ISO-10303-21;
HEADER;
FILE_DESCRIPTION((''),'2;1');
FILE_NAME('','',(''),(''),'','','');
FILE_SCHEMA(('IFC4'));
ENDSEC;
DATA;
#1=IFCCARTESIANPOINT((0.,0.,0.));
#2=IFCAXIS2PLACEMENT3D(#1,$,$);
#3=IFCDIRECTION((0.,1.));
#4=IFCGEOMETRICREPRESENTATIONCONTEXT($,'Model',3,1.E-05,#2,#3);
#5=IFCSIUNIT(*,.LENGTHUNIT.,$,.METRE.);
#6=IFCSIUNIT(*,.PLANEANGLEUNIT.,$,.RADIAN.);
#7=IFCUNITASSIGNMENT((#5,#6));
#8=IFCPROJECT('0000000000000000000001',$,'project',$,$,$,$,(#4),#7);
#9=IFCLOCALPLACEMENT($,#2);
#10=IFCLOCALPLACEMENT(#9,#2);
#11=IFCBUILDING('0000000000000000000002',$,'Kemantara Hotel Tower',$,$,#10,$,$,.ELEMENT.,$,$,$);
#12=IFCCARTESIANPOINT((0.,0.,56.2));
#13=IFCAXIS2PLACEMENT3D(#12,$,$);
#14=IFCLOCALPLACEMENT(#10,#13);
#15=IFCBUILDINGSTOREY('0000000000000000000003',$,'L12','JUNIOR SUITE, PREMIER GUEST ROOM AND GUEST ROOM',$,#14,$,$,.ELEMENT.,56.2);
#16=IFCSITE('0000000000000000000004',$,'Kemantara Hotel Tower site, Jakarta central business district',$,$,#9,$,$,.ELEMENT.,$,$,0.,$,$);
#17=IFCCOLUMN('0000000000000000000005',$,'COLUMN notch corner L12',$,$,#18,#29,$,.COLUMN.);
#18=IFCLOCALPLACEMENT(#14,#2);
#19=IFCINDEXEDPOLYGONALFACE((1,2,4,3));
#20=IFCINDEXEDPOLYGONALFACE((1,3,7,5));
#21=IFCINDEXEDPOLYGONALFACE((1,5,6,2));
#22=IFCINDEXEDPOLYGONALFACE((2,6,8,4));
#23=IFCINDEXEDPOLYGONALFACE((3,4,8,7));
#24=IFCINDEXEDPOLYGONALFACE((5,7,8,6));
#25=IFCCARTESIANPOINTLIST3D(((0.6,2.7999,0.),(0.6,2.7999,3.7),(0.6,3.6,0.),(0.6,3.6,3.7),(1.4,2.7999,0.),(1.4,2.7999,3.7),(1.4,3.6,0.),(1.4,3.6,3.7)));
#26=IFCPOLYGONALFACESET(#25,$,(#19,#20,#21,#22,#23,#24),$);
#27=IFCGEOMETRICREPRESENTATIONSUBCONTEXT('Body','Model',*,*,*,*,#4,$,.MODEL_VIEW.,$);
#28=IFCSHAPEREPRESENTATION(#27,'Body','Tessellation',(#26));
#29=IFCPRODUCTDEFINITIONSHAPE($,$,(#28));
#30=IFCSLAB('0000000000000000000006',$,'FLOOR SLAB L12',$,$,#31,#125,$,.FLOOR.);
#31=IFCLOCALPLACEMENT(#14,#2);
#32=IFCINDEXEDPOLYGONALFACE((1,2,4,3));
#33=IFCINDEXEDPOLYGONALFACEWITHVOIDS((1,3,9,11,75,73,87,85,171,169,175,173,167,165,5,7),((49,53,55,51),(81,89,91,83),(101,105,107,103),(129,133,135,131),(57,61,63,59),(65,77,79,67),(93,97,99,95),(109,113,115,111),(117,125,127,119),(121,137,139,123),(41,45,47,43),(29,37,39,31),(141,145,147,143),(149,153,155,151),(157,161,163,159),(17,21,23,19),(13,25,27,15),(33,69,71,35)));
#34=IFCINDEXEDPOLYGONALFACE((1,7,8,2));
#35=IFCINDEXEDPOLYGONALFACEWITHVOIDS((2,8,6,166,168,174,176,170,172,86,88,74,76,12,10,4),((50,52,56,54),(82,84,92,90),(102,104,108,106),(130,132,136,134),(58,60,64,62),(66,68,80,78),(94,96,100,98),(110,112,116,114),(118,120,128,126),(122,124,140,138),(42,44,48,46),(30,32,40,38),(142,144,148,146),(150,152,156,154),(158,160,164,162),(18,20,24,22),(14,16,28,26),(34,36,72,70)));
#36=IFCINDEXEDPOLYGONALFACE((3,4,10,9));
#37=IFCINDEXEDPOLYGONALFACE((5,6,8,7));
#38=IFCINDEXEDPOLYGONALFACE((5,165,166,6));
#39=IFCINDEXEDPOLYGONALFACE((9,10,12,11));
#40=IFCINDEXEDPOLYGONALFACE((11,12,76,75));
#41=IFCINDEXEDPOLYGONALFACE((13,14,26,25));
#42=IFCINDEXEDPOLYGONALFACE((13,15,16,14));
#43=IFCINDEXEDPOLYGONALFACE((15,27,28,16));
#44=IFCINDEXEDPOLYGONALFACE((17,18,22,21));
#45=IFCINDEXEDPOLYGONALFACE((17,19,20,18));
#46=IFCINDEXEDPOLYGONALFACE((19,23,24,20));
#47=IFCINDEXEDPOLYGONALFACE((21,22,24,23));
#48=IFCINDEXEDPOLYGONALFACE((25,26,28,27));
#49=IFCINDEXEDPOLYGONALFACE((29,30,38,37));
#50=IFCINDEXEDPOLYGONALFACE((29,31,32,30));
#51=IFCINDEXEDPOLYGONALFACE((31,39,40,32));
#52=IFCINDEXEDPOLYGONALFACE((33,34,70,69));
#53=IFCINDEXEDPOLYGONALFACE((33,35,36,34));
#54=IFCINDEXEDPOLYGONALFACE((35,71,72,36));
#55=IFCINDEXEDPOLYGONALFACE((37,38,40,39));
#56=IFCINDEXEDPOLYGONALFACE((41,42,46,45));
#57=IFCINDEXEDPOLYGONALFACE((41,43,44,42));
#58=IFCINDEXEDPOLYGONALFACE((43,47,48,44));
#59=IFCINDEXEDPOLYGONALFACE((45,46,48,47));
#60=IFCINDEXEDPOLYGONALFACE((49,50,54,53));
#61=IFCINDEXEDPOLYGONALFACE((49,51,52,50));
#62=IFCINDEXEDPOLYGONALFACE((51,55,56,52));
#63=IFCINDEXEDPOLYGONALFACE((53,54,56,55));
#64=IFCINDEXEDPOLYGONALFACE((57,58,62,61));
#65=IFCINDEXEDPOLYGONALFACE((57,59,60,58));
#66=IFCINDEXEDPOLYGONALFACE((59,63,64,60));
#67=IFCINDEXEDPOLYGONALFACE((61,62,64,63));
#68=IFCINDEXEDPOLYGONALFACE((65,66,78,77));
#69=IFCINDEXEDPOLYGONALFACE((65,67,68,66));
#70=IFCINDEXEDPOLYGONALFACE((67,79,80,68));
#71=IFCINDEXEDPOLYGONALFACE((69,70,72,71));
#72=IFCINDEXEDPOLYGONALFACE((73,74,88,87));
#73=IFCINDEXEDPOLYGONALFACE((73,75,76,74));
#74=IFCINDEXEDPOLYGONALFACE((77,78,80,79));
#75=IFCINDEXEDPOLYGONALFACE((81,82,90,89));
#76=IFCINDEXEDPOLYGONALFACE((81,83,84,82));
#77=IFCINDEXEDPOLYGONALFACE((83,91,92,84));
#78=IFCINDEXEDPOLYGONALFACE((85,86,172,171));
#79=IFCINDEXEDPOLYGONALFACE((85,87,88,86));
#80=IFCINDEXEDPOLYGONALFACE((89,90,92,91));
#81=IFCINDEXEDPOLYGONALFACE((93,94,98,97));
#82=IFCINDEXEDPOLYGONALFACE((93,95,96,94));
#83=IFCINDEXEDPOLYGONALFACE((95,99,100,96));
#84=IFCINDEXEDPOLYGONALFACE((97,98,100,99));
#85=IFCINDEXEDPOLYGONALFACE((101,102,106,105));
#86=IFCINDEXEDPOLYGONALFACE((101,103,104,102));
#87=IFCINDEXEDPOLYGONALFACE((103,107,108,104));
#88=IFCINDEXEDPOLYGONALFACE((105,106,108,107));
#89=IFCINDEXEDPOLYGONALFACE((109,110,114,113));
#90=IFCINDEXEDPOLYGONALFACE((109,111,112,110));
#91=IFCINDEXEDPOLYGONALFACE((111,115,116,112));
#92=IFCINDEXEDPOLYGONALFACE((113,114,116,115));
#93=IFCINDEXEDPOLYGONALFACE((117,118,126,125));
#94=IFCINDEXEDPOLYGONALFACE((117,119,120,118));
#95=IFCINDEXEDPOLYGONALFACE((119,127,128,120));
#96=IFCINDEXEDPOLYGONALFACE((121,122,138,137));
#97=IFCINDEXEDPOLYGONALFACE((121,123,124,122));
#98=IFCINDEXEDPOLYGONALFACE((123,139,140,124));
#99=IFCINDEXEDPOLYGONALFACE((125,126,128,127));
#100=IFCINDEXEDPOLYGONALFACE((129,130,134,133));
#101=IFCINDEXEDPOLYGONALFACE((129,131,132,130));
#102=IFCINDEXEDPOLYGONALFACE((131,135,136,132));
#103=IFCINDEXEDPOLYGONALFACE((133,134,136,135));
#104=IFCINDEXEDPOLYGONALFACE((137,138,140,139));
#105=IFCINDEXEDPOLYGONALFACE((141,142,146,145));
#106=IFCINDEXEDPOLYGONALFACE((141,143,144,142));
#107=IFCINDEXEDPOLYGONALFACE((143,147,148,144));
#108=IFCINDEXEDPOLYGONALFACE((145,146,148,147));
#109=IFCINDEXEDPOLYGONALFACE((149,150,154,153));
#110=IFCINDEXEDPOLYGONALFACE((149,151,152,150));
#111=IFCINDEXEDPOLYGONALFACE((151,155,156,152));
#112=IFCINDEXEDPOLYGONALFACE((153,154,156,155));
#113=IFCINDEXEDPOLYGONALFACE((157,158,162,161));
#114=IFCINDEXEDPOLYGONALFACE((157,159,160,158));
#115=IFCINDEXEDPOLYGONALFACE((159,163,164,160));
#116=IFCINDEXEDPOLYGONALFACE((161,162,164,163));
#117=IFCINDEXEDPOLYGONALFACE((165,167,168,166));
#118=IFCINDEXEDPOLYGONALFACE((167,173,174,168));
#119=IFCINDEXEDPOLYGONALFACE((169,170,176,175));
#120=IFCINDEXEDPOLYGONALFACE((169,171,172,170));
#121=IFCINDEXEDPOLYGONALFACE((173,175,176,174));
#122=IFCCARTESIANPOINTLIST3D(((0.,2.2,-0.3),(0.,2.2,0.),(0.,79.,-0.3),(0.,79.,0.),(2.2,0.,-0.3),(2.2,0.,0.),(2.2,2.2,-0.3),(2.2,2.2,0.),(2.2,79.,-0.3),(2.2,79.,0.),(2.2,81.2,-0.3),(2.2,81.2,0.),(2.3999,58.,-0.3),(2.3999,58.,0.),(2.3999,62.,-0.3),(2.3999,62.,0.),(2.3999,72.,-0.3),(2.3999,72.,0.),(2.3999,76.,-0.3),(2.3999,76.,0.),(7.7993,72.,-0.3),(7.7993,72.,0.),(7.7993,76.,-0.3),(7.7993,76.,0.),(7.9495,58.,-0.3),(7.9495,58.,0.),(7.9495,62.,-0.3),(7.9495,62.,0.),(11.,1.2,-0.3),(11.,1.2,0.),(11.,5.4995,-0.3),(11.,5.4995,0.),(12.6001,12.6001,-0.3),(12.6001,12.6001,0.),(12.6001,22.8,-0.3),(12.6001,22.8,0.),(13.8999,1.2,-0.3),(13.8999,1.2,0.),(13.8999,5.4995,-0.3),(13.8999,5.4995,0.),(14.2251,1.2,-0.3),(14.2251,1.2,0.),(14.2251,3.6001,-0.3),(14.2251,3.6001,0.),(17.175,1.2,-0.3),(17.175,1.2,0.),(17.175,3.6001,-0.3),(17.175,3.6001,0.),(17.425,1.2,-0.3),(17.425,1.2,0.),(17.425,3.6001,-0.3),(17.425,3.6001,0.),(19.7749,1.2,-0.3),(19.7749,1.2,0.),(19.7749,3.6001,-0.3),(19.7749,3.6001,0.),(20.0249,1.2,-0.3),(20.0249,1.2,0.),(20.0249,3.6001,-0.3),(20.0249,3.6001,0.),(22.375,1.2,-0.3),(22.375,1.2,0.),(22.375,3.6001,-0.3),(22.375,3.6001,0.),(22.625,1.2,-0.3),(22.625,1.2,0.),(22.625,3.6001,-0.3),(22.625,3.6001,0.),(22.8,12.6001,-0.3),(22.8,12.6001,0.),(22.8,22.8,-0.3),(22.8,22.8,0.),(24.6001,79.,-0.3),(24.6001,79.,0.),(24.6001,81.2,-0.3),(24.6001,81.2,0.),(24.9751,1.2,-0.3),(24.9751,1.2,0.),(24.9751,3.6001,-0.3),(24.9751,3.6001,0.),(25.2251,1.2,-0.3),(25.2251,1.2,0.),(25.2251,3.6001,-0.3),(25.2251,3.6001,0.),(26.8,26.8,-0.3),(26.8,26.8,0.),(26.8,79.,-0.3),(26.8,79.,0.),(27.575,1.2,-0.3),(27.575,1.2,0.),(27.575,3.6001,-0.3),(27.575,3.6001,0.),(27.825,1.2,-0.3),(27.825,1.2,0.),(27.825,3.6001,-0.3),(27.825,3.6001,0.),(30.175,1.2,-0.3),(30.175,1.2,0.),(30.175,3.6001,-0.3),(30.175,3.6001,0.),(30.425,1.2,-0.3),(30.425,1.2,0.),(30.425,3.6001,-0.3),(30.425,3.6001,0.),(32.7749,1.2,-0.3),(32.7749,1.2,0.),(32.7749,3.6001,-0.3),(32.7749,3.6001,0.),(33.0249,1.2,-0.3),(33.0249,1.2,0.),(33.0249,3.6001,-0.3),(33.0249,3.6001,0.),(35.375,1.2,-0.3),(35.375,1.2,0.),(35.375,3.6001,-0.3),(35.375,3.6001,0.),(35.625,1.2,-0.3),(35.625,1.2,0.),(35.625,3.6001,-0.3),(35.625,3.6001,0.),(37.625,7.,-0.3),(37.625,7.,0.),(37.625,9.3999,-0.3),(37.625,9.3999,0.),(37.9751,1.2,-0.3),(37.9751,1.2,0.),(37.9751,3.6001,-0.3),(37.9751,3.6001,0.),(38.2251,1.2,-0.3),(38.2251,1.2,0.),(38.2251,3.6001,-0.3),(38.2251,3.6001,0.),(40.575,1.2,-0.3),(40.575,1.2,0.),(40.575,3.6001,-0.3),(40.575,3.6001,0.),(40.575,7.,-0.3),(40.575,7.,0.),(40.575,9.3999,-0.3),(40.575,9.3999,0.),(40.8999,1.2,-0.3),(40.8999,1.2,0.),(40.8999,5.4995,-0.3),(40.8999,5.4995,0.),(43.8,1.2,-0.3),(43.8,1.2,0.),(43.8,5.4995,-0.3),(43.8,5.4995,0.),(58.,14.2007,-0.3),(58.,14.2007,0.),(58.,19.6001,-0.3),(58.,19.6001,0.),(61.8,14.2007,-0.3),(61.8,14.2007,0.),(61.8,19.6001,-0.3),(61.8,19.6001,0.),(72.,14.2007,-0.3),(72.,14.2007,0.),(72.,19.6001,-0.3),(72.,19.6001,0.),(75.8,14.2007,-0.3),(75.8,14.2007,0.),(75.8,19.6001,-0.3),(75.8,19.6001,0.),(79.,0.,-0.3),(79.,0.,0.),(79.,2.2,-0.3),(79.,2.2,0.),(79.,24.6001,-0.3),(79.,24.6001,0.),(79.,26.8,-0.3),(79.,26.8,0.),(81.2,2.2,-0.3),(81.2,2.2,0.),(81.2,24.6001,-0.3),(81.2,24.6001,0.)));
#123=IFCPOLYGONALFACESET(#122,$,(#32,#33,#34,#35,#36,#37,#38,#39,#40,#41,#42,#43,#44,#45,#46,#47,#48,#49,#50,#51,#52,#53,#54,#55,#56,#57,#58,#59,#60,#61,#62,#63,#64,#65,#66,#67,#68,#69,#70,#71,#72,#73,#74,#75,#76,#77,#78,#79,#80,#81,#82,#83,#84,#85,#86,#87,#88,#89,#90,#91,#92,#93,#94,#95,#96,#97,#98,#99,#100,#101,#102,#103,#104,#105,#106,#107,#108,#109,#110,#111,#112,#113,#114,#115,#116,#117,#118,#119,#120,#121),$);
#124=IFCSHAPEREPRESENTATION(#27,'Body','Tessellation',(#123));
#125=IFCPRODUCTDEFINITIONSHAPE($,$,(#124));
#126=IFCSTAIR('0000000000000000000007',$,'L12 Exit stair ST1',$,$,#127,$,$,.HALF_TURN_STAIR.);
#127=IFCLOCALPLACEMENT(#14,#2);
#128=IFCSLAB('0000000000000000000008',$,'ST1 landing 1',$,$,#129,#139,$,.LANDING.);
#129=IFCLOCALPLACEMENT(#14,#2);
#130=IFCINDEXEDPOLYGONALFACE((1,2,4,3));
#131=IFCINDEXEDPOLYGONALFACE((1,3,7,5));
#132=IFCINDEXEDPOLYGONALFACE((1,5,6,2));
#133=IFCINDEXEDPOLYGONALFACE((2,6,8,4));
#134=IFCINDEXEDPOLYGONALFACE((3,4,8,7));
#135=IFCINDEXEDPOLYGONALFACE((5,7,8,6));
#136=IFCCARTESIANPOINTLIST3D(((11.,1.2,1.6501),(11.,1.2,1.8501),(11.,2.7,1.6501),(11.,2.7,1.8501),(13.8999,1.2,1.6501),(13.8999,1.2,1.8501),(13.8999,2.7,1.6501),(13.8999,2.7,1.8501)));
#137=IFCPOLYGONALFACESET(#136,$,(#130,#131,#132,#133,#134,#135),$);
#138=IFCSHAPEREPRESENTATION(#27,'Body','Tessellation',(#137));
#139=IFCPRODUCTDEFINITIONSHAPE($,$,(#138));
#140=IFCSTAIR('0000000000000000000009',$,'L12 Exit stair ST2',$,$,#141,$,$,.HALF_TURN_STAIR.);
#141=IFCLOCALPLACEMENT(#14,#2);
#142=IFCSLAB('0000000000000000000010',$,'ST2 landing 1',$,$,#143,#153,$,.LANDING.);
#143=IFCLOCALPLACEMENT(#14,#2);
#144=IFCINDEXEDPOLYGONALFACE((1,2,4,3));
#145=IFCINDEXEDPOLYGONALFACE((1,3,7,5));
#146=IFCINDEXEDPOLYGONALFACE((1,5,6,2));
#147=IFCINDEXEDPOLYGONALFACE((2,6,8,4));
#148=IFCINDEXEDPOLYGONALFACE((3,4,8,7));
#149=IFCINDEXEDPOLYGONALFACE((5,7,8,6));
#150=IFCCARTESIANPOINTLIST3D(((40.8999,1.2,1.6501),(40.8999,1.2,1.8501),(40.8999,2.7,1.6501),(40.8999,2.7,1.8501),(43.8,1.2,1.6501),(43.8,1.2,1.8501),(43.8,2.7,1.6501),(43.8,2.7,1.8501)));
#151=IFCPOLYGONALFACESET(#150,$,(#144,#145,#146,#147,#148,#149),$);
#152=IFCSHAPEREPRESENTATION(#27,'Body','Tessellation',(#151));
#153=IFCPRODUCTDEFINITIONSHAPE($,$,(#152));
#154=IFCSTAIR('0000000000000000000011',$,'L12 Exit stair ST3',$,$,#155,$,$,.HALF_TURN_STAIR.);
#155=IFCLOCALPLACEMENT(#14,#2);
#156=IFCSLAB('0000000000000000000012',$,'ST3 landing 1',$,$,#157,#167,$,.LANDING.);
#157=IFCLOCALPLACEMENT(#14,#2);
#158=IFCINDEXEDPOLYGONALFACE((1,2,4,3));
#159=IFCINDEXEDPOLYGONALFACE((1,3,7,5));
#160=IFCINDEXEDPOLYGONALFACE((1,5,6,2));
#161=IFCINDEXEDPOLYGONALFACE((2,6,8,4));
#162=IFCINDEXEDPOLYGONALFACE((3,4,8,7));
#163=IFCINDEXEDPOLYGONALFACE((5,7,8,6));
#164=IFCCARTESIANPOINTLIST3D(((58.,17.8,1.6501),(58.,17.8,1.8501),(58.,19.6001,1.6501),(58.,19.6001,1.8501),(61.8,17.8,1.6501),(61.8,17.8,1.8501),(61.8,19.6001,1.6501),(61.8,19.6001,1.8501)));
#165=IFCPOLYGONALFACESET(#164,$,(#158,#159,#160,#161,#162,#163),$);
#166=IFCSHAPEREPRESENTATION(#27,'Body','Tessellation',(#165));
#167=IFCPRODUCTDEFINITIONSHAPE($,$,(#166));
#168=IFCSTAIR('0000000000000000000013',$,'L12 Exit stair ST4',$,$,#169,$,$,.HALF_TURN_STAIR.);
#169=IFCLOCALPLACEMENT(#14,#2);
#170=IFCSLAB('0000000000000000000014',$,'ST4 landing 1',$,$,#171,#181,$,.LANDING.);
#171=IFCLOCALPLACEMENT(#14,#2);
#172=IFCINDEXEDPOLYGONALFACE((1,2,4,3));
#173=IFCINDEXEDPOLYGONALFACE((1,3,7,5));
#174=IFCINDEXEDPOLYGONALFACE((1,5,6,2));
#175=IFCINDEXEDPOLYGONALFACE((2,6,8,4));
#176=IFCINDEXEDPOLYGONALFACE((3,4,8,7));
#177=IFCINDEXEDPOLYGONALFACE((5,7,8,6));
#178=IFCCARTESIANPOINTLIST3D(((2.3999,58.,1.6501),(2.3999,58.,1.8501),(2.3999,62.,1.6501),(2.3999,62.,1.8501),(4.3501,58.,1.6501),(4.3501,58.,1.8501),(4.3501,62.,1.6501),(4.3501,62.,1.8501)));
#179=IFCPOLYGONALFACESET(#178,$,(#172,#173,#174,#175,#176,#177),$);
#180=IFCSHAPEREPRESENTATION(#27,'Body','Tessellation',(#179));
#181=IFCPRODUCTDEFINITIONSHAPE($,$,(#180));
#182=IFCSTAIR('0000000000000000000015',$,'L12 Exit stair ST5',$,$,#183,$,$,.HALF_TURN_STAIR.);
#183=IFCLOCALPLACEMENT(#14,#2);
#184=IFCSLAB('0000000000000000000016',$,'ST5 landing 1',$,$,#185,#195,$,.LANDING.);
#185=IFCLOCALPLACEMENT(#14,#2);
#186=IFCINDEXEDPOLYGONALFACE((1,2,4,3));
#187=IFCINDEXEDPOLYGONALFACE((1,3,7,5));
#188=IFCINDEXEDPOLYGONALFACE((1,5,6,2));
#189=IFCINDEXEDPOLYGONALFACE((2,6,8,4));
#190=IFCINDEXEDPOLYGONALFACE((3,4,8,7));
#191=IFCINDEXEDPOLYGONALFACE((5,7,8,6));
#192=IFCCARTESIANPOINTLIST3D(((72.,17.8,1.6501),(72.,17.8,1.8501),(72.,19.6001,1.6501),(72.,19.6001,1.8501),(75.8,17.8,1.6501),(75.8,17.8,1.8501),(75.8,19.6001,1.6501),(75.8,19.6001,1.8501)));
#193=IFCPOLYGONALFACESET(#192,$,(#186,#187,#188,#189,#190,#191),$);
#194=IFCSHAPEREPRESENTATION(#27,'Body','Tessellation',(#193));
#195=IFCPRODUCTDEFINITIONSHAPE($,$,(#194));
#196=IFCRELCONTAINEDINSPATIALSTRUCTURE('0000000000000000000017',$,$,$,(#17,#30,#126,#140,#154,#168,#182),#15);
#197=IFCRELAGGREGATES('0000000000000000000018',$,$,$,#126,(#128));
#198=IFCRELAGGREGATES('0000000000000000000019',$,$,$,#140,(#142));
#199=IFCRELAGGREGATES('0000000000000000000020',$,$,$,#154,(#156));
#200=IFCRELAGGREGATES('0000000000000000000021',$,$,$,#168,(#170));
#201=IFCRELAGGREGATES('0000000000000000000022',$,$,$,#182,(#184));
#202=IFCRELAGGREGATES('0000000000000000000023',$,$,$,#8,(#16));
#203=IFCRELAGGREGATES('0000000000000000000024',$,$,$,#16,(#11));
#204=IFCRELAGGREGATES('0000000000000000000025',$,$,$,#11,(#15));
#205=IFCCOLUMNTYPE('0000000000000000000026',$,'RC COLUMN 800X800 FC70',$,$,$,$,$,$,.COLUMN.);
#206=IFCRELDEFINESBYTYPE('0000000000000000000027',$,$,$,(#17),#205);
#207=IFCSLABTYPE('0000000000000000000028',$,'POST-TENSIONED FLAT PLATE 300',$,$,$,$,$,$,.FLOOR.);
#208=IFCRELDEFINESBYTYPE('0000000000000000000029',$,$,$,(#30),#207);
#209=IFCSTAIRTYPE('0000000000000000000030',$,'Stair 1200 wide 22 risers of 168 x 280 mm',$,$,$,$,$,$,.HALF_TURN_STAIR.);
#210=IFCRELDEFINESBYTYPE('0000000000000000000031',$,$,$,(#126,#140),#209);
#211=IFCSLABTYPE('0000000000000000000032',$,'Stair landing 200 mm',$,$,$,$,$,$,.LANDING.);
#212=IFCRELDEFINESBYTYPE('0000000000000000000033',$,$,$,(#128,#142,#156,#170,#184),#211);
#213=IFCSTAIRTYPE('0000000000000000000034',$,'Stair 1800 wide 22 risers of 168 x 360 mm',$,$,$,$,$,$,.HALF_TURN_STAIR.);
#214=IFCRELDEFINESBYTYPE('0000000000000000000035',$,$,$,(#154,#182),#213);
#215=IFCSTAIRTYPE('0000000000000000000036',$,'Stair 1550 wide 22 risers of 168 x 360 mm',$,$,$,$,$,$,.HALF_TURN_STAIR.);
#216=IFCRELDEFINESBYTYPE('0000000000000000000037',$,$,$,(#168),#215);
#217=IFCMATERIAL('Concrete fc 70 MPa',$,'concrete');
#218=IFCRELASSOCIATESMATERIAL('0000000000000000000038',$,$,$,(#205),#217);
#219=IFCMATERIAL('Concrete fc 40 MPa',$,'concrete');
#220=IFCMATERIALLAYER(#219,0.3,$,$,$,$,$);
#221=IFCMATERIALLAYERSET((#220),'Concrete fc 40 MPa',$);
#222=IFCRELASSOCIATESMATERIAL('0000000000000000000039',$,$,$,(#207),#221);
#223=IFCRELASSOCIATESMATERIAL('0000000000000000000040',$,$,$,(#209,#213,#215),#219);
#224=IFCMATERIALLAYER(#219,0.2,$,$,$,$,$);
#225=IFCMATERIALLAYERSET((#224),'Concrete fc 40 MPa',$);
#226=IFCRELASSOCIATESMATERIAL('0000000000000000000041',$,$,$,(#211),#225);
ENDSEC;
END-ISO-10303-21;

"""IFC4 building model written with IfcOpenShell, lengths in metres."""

from ifc_helpers import new_model, si_unit, direction, frame, origin, origin_2d, place, context, subcontext, project, spatial, polyline, rectangle, outline, extrude, material, layer, layer_set, material_profile, profile_set, type_object, element, aggregate, save


model = new_model("IFC4")

# Units and contexts
model_context = context("Model", 3, precision=1e-05, world=origin(), true_north=direction((0.0, 1.0)))
body_context = subcontext(model_context, "Body", "Model", "MODEL_VIEW")
ifc_project = project(units=[si_unit("LENGTHUNIT", "METRE"), si_unit("PLANEANGLEUNIT", "RADIAN")], contexts=[model_context])

# Site, building, storey
site_placement = place(None, origin())
site = spatial("IfcSite", under=ifc_project, at=site_placement, Name="Kemantara Hotel Tower site, Jakarta central business district", CompositionType="ELEMENT", RefElevation=0.0)
building_placement = place(site_placement, origin())
building = spatial("IfcBuilding", under=site, at=building_placement, Name="Kemantara Hotel Tower", CompositionType="ELEMENT")
storey_placement = place(building_placement, frame((0.0, 0.0, 56.2)))
storey = spatial("IfcBuildingStorey", under=building, at=storey_placement, Name="L12", Description="JUNIOR SUITE, PREMIER GUEST ROOM AND GUEST ROOM", CompositionType="ELEMENT", Elevation=56.2)

# Column
ifc_material_1 = material(Name="Concrete fc 70 MPa", Category="concrete")
ifc_material_profile = material_profile(ifc_material_1, rectangle(XDim=0.8, YDim=0.8, at=origin_2d()), Name="RC 800X800")
ifc_profile_set = profile_set([ifc_material_profile], Name="Concrete fc 70 MPa")
column_type = type_object("IfcColumnType", Name="RC COLUMN 800X800 FC70", PredefinedType="COLUMN", material=ifc_profile_set)
column_placement = place(storey_placement, frame((1.0, 3.2, 0.0), z_axis=(0.0, 0.0, 1.0), x_axis=(1.0, 0.0, 0.0)))
element("IfcColumn", 1, at=column_placement, inside=storey, type_object=column_type, Name="COLUMN notch corner L12", PredefinedType="COLUMN", context=body_context, shape_type="SweptSolid", body=[
    extrude(rectangle(XDim=0.8, YDim=0.8, at=origin_2d()), origin(), (0.0, 0.0, 1.0), 3.7),
])

# Slab
ifc_material_2 = material(Name="Concrete fc 40 MPa", Category="concrete")
ifc_layer_1 = layer(ifc_material_2, 0.3)
ifc_layer_set_1 = layer_set([ifc_layer_1], Name="Concrete fc 40 MPa")
slab_type_1 = type_object("IfcSlabType", Name="POST-TENSIONED FLAT PLATE 300", PredefinedType="FLOOR", material=ifc_layer_set_1)
slab_1_placement = place(storey_placement, frame((0.0, 0.0, -0.3)))
element("IfcSlab", 2, at=slab_1_placement, inside=storey, type_object=slab_type_1, Name="FLOOR SLAB L12", PredefinedType="FLOOR", context=body_context, shape_type="SweptSolid", body=[
    extrude(outline(polyline([(0.0, 2.2), (2.2, 2.2), (2.2, 0.0), (79.0, 0.0), (79.0, 2.2), (81.2, 2.2), (81.2, 24.6001), (79.0, 24.6001), (79.0, 26.8), (26.8, 26.8), (26.8, 79.0), (24.6001, 79.0), (24.6001, 81.2), (2.2, 81.2), (2.2, 79.0), (0.0, 79.0), (0.0, 2.2)]), holes=[polyline([(17.175, 1.2), (14.2251, 1.2), (14.2251, 3.6001), (17.175, 3.6001), (17.175, 1.2)]), polyline([(19.7749, 1.2), (17.425, 1.2), (17.425, 3.6001), (19.7749, 3.6001), (19.7749, 1.2)]), polyline([(22.375, 1.2), (20.0249, 1.2), (20.0249, 3.6001), (22.375, 3.6001), (22.375, 1.2)]), polyline([(24.9751, 1.2), (22.625, 1.2), (22.625, 3.6001), (24.9751, 3.6001), (24.9751, 1.2)]), polyline([(27.575, 1.2), (25.2251, 1.2), (25.2251, 3.6001), (27.575, 3.6001), (27.575, 1.2)]), polyline([(11.0, 1.2), (11.0, 5.4995), (13.8999, 5.4995), (13.8999, 1.2), (11.0, 1.2)]), polyline([(22.8, 12.6001), (12.6001, 12.6001), (12.6001, 22.8), (22.8, 22.8), (22.8, 12.6001)]), polyline([(7.9495, 62.0), (7.9495, 58.0), (2.3999, 58.0), (2.3999, 62.0), (7.9495, 62.0)]), polyline([(7.7993, 76.0), (7.7993, 72.0), (2.3999, 72.0), (2.3999, 76.0), (7.7993, 76.0)]), polyline([(30.175, 1.2), (27.825, 1.2), (27.825, 3.6001), (30.175, 3.6001), (30.175, 1.2)]), polyline([(32.7749, 1.2), (30.425, 1.2), (30.425, 3.6001), (32.7749, 3.6001), (32.7749, 1.2)]), polyline([(35.375, 1.2), (33.0249, 1.2), (33.0249, 3.6001), (35.375, 3.6001), (35.375, 1.2)]), polyline([(37.9751, 1.2), (35.625, 1.2), (35.625, 3.6001), (37.9751, 3.6001), (37.9751, 1.2)]), polyline([(40.575, 1.2), (38.2251, 1.2), (38.2251, 3.6001), (40.575, 3.6001), (40.575, 1.2)]), polyline([(40.8999, 1.2), (40.8999, 5.4995), (43.8, 5.4995), (43.8, 1.2), (40.8999, 1.2)]), polyline([(40.575, 7.0), (37.625, 7.0), (37.625, 9.3999), (40.575, 9.3999), (40.575, 7.0)]), polyline([(61.8, 14.2007), (58.0, 14.2007), (58.0, 19.6001), (61.8, 19.6001), (61.8, 14.2007)]), polyline([(75.8, 14.2007), (72.0, 14.2007), (72.0, 19.6001), (75.8, 19.6001), (75.8, 14.2007)])]), origin(), (0.0, 0.0, 1.0), 0.3),
])

# Stairs, slabs
stair_type_1 = type_object("IfcStairType", Name="Stair 1200 wide 22 risers of 168 x 280 mm", PredefinedType="HALF_TURN_STAIR", material=ifc_material_2)
stair_1_placement = place(storey_placement, origin())
stair_1 = element("IfcStair", 3, at=stair_1_placement, inside=storey, type_object=stair_type_1, Name="L12 Exit stair ST1", PredefinedType="HALF_TURN_STAIR")
ifc_layer_2 = layer(ifc_material_2, 0.2)
ifc_layer_set_2 = layer_set([ifc_layer_2], Name="Concrete fc 40 MPa")
slab_type_2 = type_object("IfcSlabType", Name="Stair landing 200 mm", PredefinedType="LANDING", material=ifc_layer_set_2)
slab_2_placement = place(storey_placement, frame((0.0, 0.0, 1.6501)))
slab_2 = element("IfcSlab", 4, at=slab_2_placement, type_object=slab_type_2, Name="ST1 landing 1", PredefinedType="LANDING", context=body_context, shape_type="SweptSolid", body=[
    extrude(outline(polyline([(11.0, 2.7), (11.0, 1.2), (13.8999, 1.2), (13.8999, 2.7), (11.0, 2.7)])), origin(), (0.0, 0.0, 1.0), 0.2),
])
aggregate(stair_1, [slab_2])
stair_2_placement = place(storey_placement, origin())
stair_2 = element("IfcStair", 5, at=stair_2_placement, inside=storey, type_object=stair_type_1, Name="L12 Exit stair ST2", PredefinedType="HALF_TURN_STAIR")
slab_3_placement = place(storey_placement, frame((0.0, 0.0, 1.6501)))
slab_3 = element("IfcSlab", 6, at=slab_3_placement, type_object=slab_type_2, Name="ST2 landing 1", PredefinedType="LANDING", context=body_context, shape_type="SweptSolid", body=[
    extrude(outline(polyline([(40.8999, 2.7), (40.8999, 1.2), (43.8, 1.2), (43.8, 2.7), (40.8999, 2.7)])), origin(), (0.0, 0.0, 1.0), 0.2),
])
aggregate(stair_2, [slab_3])
stair_type_2 = type_object("IfcStairType", Name="Stair 1800 wide 22 risers of 168 x 360 mm", PredefinedType="HALF_TURN_STAIR", material=ifc_material_2)
stair_3_placement = place(storey_placement, origin())
stair_3 = element("IfcStair", 7, at=stair_3_placement, inside=storey, type_object=stair_type_2, Name="L12 Exit stair ST3", PredefinedType="HALF_TURN_STAIR")
slab_4_placement = place(storey_placement, frame((0.0, 0.0, 1.6501)))
slab_4 = element("IfcSlab", 8, at=slab_4_placement, type_object=slab_type_2, Name="ST3 landing 1", PredefinedType="LANDING", context=body_context, shape_type="SweptSolid", body=[
    extrude(outline(polyline([(61.8, 17.8), (61.8, 19.6001), (58.0, 19.6001), (58.0, 17.8), (61.8, 17.8)])), origin(), (0.0, 0.0, 1.0), 0.2),
])
aggregate(stair_3, [slab_4])
stair_type_3 = type_object("IfcStairType", Name="Stair 1550 wide 22 risers of 168 x 360 mm", PredefinedType="HALF_TURN_STAIR", material=ifc_material_2)
stair_4_placement = place(storey_placement, origin())
stair_4 = element("IfcStair", 9, at=stair_4_placement, inside=storey, type_object=stair_type_3, Name="L12 Exit stair ST4", PredefinedType="HALF_TURN_STAIR")
slab_5_placement = place(storey_placement, frame((0.0, 0.0, 1.6501)))
slab_5 = element("IfcSlab", 10, at=slab_5_placement, type_object=slab_type_2, Name="ST4 landing 1", PredefinedType="LANDING", context=body_context, shape_type="SweptSolid", body=[
    extrude(outline(polyline([(4.3501, 62.0), (2.3999, 62.0), (2.3999, 58.0), (4.3501, 58.0), (4.3501, 62.0)])), origin(), (0.0, 0.0, 1.0), 0.2),
])
aggregate(stair_4, [slab_5])
stair_5_placement = place(storey_placement, origin())
stair_5 = element("IfcStair", 11, at=stair_5_placement, inside=storey, type_object=stair_type_2, Name="L12 Exit stair ST5", PredefinedType="HALF_TURN_STAIR")
slab_6_placement = place(storey_placement, frame((0.0, 0.0, 1.6501)))
slab_6 = element("IfcSlab", 12, at=slab_6_placement, type_object=slab_type_2, Name="ST5 landing 1", PredefinedType="LANDING", context=body_context, shape_type="SweptSolid", body=[
    extrude(outline(polyline([(75.8, 17.8), (75.8, 19.6001), (72.0, 19.6001), (72.0, 17.8), (75.8, 17.8)])), origin(), (0.0, 0.0, 1.0), 0.2),
])
aggregate(stair_5, [slab_6])

save(model, "model.ifc")
